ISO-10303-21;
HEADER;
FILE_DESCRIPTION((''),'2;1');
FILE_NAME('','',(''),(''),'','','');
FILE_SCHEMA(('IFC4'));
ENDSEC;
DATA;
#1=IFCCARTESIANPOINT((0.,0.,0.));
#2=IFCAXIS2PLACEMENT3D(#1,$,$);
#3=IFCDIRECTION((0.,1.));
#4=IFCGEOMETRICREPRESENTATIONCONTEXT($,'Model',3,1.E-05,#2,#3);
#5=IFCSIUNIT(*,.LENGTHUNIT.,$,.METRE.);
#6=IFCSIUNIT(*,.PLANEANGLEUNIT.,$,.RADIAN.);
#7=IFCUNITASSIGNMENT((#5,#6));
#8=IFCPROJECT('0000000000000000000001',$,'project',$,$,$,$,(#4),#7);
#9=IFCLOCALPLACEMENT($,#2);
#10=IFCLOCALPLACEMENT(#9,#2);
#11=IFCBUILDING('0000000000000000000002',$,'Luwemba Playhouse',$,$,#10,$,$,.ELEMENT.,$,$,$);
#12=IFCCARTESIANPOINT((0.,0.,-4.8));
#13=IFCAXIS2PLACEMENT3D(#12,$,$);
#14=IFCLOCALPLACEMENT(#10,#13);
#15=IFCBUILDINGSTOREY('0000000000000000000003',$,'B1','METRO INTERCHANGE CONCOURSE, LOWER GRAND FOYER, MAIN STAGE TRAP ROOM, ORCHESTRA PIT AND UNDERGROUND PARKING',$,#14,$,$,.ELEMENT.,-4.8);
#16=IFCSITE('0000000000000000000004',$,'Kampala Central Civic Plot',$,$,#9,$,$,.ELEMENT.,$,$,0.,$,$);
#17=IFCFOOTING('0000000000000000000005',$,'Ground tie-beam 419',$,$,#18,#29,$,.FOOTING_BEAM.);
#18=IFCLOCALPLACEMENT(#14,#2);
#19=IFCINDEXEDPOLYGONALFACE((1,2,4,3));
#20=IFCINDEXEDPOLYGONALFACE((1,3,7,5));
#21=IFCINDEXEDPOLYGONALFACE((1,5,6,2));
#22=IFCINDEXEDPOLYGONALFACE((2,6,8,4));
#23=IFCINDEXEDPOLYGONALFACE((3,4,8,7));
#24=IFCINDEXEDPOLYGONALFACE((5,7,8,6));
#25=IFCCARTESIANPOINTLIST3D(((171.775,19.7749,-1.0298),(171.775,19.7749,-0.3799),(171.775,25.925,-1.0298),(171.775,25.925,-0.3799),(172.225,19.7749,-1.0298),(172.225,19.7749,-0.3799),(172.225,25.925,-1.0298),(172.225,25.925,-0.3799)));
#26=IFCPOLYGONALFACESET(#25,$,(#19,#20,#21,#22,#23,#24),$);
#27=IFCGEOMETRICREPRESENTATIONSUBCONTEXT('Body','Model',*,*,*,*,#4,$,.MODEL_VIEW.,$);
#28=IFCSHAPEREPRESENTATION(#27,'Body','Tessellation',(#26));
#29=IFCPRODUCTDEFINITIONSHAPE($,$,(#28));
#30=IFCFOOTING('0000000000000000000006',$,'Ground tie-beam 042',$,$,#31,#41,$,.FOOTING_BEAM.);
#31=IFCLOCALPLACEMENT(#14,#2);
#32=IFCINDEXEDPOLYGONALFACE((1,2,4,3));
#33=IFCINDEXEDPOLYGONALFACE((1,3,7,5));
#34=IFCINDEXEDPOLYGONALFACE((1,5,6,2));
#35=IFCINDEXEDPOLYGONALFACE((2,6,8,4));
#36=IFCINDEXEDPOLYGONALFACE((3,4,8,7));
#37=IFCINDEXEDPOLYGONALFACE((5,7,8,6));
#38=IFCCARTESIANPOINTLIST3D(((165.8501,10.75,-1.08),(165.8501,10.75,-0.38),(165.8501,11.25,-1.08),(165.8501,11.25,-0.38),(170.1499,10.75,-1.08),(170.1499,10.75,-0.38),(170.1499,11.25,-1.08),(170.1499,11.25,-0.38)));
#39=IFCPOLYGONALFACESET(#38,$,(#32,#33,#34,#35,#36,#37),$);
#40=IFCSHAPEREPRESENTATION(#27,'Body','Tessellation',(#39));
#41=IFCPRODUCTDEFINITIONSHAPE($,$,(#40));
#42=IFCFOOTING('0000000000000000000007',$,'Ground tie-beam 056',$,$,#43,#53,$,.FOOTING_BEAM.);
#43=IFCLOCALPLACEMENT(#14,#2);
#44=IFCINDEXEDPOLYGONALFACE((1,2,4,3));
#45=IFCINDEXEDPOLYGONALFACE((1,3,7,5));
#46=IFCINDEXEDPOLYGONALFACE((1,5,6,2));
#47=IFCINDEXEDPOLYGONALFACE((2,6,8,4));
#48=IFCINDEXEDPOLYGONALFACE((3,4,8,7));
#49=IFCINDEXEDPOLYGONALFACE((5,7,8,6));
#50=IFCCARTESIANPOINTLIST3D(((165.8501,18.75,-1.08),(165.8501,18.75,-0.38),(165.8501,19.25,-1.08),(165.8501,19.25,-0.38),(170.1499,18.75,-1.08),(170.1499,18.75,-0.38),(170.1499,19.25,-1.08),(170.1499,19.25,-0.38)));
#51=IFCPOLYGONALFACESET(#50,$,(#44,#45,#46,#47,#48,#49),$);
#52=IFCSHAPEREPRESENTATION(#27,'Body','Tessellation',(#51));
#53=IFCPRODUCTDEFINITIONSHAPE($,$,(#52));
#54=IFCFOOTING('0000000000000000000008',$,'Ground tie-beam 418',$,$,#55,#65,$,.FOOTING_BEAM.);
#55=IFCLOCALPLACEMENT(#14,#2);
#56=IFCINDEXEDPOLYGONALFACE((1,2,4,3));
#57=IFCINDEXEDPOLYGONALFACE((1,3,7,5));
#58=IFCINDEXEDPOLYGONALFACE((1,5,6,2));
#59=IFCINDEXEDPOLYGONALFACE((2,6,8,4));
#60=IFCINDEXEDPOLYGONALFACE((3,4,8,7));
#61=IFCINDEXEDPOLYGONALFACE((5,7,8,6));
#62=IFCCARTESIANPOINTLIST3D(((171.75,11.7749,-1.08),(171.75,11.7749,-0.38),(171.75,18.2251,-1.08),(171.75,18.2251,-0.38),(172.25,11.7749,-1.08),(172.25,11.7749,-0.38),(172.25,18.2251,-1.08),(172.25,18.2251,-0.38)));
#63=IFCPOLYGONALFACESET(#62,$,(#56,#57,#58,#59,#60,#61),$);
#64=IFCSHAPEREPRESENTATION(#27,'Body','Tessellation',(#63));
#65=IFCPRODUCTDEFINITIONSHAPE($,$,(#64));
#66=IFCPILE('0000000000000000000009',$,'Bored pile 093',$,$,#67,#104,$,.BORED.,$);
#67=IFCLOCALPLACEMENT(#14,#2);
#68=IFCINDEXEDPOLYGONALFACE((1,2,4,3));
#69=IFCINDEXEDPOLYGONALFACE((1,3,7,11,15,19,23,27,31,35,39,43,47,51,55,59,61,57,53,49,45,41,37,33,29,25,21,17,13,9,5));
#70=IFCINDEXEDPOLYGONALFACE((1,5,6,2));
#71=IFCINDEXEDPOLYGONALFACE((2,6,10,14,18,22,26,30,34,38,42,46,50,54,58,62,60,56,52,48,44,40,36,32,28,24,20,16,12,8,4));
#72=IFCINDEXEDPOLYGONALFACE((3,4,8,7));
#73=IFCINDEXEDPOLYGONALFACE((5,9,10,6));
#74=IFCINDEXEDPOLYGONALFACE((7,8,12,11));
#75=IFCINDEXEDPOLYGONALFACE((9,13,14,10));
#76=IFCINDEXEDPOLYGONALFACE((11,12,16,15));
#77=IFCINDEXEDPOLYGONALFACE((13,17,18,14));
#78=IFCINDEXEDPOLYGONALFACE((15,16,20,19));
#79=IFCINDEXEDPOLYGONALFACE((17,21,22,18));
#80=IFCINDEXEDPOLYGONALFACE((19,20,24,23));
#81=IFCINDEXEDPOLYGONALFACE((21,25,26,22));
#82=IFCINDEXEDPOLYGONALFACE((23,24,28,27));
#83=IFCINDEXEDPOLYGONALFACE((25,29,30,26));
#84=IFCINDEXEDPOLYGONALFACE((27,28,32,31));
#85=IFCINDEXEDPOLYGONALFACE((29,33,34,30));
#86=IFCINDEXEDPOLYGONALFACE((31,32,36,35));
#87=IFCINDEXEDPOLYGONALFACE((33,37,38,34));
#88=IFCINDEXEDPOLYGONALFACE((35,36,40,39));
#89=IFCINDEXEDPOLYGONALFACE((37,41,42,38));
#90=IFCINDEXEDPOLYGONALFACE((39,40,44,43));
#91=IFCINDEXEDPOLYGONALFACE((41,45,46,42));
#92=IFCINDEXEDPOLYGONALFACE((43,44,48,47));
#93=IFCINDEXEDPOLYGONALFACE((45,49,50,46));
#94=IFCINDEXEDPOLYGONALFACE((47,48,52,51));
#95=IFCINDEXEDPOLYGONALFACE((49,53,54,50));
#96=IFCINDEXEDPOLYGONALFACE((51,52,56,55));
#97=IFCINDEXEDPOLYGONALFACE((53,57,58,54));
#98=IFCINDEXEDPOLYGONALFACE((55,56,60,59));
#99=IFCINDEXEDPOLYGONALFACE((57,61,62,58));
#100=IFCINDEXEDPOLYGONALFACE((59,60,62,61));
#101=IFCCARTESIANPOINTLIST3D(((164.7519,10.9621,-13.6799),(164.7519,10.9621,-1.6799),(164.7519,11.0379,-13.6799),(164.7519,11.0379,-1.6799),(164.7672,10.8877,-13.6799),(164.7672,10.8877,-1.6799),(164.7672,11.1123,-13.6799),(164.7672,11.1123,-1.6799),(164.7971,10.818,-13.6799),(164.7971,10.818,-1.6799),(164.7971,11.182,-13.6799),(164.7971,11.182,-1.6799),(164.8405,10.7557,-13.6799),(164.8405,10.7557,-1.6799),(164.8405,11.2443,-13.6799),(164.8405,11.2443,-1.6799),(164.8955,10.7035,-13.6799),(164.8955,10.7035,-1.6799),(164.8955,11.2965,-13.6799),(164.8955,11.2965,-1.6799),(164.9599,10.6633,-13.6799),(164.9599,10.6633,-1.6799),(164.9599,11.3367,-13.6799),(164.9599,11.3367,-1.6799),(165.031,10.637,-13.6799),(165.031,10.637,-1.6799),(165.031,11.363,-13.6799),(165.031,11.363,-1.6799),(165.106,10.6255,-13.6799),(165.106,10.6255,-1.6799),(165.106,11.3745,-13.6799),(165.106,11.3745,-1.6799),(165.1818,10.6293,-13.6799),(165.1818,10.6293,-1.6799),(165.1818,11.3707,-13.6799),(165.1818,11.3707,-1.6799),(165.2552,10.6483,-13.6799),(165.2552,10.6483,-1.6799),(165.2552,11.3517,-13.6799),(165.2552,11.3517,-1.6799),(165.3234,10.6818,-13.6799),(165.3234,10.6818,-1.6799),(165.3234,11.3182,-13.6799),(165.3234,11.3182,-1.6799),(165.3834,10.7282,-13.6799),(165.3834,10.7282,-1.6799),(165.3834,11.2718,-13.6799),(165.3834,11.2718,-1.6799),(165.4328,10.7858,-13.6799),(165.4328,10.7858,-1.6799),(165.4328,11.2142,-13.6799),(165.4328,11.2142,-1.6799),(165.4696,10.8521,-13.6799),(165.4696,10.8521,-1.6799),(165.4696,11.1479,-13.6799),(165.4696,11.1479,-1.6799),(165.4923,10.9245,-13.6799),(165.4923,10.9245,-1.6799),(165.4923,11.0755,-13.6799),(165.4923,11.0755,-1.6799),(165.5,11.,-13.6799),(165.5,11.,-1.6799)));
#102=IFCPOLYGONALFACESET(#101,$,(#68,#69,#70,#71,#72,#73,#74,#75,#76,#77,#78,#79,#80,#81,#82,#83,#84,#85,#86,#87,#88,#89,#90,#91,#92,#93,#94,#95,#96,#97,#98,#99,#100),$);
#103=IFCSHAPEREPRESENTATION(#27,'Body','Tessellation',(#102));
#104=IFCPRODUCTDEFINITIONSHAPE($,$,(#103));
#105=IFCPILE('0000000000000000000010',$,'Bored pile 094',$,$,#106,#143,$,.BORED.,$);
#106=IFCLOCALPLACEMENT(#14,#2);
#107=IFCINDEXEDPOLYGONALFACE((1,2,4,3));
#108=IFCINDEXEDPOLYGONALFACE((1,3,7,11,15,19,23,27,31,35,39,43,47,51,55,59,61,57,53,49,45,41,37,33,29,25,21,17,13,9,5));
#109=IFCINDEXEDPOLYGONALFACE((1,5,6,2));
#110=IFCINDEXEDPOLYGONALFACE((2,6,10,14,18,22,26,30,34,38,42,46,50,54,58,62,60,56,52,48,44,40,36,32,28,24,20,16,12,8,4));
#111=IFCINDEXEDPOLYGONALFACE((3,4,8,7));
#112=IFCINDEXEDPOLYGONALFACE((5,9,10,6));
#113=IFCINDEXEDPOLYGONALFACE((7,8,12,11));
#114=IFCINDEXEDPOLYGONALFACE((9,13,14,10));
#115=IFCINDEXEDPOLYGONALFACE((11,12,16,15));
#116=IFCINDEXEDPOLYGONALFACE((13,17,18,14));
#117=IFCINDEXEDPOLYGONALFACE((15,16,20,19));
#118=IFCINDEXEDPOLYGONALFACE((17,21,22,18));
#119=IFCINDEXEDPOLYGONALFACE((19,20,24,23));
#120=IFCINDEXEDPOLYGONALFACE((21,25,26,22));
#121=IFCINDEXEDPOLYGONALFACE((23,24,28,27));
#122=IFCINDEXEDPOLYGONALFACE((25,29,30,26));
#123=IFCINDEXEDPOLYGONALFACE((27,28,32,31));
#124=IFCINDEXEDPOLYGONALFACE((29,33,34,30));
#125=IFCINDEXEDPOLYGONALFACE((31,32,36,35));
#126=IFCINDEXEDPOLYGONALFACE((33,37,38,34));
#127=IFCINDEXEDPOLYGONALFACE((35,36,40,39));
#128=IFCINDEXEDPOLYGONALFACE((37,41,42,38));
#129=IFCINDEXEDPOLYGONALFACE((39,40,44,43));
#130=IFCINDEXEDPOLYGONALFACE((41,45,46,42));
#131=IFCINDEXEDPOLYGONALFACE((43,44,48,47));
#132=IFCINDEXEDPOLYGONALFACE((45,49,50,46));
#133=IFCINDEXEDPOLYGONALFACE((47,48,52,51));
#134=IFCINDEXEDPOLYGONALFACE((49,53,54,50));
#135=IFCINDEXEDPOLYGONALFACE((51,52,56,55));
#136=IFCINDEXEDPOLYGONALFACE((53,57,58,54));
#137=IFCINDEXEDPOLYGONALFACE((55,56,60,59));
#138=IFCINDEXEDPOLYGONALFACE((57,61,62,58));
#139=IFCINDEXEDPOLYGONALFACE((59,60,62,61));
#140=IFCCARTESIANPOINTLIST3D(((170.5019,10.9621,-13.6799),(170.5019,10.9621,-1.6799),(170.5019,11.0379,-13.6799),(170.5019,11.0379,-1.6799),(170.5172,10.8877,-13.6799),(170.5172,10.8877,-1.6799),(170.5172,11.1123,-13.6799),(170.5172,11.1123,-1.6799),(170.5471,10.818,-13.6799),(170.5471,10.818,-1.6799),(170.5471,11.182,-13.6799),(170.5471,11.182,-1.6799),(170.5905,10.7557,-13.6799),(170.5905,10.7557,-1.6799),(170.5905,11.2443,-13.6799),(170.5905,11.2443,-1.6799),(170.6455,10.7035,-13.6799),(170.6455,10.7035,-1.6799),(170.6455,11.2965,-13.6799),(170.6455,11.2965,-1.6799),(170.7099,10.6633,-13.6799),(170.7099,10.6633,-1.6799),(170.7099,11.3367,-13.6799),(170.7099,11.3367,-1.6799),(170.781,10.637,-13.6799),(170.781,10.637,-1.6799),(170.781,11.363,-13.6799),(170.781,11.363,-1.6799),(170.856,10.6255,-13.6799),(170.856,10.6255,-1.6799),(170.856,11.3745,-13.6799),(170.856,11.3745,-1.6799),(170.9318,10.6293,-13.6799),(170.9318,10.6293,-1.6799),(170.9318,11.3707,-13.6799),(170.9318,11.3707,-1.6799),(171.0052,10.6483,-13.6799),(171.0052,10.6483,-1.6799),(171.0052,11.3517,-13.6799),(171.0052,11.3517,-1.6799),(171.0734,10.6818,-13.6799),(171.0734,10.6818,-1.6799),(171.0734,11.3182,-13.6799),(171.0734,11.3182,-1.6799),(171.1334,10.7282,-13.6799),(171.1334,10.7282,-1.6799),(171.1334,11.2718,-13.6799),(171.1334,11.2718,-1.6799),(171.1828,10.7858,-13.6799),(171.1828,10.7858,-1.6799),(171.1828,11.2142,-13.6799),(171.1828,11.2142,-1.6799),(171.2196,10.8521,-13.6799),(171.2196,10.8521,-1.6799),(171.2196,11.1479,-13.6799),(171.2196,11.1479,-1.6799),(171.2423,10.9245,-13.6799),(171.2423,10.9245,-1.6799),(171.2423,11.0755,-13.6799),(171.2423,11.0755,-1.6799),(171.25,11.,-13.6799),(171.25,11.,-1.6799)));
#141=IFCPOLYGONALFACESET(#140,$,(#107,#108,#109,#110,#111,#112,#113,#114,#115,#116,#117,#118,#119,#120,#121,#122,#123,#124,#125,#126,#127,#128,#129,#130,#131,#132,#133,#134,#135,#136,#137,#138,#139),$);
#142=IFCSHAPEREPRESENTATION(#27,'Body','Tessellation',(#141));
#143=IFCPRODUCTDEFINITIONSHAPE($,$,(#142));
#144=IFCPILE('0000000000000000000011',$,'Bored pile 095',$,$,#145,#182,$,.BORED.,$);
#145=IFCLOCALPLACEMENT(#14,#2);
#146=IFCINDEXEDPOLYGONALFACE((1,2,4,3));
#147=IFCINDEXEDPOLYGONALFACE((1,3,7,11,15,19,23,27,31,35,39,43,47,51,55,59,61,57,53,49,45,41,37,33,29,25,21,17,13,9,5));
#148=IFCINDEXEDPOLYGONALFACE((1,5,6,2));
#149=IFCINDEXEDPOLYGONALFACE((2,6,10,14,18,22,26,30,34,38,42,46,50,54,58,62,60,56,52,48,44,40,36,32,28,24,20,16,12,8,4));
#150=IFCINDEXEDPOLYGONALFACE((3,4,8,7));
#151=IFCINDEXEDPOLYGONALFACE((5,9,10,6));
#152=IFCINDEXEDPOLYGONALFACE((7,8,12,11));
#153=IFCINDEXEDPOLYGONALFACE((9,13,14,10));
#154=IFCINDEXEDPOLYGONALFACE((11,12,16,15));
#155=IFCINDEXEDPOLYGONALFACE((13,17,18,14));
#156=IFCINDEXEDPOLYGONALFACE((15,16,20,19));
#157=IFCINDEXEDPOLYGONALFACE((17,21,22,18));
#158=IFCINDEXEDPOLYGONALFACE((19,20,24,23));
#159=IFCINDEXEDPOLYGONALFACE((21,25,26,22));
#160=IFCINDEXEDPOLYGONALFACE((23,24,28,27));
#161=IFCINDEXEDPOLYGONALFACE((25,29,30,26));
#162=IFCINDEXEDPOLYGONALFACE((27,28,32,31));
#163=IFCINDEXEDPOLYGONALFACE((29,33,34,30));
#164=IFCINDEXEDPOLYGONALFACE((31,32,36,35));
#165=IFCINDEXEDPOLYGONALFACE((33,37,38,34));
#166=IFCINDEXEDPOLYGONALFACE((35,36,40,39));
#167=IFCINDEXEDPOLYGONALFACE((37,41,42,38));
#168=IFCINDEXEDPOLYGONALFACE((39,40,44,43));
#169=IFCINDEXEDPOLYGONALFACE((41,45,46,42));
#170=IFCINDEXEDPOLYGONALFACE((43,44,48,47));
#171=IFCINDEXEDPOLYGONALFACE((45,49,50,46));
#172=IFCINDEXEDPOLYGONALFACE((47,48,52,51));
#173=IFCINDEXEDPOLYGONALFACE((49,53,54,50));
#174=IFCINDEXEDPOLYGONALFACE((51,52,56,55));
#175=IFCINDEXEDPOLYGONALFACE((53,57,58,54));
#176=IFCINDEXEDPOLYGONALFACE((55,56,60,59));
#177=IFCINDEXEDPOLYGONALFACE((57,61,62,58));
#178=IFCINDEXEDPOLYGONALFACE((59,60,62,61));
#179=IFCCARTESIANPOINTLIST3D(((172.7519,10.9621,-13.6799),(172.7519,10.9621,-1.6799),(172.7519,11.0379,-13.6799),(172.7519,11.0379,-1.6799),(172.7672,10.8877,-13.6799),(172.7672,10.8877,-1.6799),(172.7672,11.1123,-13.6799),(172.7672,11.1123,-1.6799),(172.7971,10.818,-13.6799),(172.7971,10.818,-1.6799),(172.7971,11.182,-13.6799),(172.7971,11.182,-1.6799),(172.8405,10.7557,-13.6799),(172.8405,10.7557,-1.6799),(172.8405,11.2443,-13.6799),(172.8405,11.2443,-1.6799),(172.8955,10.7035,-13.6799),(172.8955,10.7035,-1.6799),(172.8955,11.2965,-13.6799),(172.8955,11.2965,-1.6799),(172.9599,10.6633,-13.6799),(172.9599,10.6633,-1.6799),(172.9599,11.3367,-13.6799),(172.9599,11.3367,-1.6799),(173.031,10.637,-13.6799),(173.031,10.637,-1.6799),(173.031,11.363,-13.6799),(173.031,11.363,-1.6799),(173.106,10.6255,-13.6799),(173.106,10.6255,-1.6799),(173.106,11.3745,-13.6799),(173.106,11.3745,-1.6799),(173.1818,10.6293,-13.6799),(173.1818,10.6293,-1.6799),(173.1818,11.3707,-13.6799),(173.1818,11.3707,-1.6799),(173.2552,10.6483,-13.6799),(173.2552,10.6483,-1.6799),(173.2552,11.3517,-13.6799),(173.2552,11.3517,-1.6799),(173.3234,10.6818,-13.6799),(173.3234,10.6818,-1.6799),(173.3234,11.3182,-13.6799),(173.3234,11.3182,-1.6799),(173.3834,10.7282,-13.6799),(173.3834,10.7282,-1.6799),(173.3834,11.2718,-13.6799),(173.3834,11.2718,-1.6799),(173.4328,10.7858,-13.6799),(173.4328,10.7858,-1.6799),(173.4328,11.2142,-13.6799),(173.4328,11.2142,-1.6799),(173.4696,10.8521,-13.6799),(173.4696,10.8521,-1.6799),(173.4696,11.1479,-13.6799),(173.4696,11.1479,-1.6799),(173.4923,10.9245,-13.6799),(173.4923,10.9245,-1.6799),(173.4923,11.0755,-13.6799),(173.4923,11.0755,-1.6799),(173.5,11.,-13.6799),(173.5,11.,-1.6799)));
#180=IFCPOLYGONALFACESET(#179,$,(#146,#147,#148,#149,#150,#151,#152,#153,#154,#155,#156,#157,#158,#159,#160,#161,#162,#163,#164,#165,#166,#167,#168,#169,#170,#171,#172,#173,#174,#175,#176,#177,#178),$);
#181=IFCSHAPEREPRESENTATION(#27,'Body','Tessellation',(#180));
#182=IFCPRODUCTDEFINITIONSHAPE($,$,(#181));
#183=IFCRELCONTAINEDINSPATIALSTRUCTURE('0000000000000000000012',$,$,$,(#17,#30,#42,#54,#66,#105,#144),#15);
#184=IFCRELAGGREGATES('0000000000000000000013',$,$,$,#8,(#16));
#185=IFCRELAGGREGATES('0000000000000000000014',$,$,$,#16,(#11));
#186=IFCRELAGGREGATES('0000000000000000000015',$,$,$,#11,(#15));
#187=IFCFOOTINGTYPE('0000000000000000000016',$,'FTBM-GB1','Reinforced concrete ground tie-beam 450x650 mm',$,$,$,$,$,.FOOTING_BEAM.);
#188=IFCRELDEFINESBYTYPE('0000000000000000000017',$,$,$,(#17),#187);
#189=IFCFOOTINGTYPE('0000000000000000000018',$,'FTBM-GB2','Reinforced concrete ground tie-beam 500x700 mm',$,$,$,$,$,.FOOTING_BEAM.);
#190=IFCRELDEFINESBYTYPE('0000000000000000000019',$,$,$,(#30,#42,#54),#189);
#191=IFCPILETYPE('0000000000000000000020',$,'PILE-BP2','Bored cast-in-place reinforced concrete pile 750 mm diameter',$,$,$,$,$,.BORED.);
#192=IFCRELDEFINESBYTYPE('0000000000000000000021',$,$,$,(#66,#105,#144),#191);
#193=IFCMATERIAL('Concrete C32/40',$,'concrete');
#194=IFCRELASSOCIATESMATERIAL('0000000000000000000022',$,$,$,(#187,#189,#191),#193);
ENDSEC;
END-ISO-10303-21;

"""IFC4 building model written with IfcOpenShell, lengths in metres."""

from ifc_helpers import new_model, si_unit, direction, frame, origin, origin_2d, place, context, subcontext, project, spatial, rectangle, circle, extrude, material, material_profile, profile_set, type_object, element, save


model = new_model("IFC4")

# Units and contexts
model_context = context("Model", 3, precision=1e-05, world=origin(), true_north=direction((0.0, 1.0)))
body_context = subcontext(model_context, "Body", "Model", "MODEL_VIEW")
ifc_project = project(units=[si_unit("LENGTHUNIT", "METRE"), si_unit("PLANEANGLEUNIT", "RADIAN")], contexts=[model_context])

# Site, building, storey
site_placement = place(None, origin())
site = spatial("IfcSite", under=ifc_project, at=site_placement, Name="Kampala Central Civic Plot", CompositionType="ELEMENT", RefElevation=0.0)
building_placement = place(site_placement, origin())
building = spatial("IfcBuilding", under=site, at=building_placement, Name="Luwemba Playhouse", CompositionType="ELEMENT")
storey_placement = place(building_placement, frame((0.0, 0.0, -4.8)))
storey = spatial("IfcBuildingStorey", under=building, at=storey_placement, Name="B1", Description="METRO INTERCHANGE CONCOURSE, LOWER GRAND FOYER, MAIN STAGE TRAP ROOM, ORCHESTRA PIT AND UNDERGROUND PARKING", CompositionType="ELEMENT", Elevation=-4.8)

# Footings
ifc_material_1 = material(Name="Concrete C32/40", Category="concrete")
ifc_material_profile_1 = material_profile(ifc_material_1, rectangle(XDim=0.45, YDim=0.6499, at=origin_2d()))
ifc_profile_set_1 = profile_set([ifc_material_profile_1], Name="Concrete C32/40")
footing_type_1 = type_object("IfcFootingType", Name="FTBM-GB1", Description="Reinforced concrete ground tie-beam 450x650 mm", PredefinedType="FOOTING_BEAM", material=ifc_profile_set_1)
footing_1_placement = place(storey_placement, frame((172.0, 19.7749, -0.7048), z_axis=(0.0, 1.0, 0.0), x_axis=(-1.0, 0.0, 0.0)))
element("IfcFooting", 1, at=footing_1_placement, inside=storey, type_object=footing_type_1, Name="Ground tie-beam 419", PredefinedType="FOOTING_BEAM", context=body_context, shape_type="SweptSolid", body=[
    extrude(rectangle(XDim=0.45, YDim=0.6499, at=origin_2d()), origin(), (0.0, 0.0, 1.0), 6.1501),
])
ifc_material_profile_2 = material_profile(ifc_material_1, rectangle(XDim=0.5, YDim=0.7, at=origin_2d()))
ifc_profile_set_2 = profile_set([ifc_material_profile_2], Name="Concrete C32/40")
footing_type_2 = type_object("IfcFootingType", Name="FTBM-GB2", Description="Reinforced concrete ground tie-beam 500x700 mm", PredefinedType="FOOTING_BEAM", material=ifc_profile_set_2)
for number, where, z_axis, x_axis, name in (
    (2, (165.8501, 11.0, -0.73), (1.0, 0.0, 0.0), (0.0, 1.0, 0.0), "Ground tie-beam 042"),
    (3, (165.8501, 19.0, -0.73), (1.0, 0.0, 0.0), (0.0, 1.0, 0.0), "Ground tie-beam 056"),
):
    element("IfcFooting", number, at=place(storey_placement, frame(where, z_axis=z_axis, x_axis=x_axis)), inside=storey, type_object=footing_type_2, Name=name, PredefinedType="FOOTING_BEAM", context=body_context, shape_type="SweptSolid", body=[
        extrude(rectangle(XDim=0.5, YDim=0.7, at=origin_2d()), origin(), (0.0, 0.0, 1.0), 4.2998),
    ])
footing_2_placement = place(storey_placement, frame((172.0, 11.7749, -0.73), z_axis=(0.0, 1.0, 0.0), x_axis=(-1.0, 0.0, 0.0)))
element("IfcFooting", 4, at=footing_2_placement, inside=storey, type_object=footing_type_2, Name="Ground tie-beam 418", PredefinedType="FOOTING_BEAM", context=body_context, shape_type="SweptSolid", body=[
    extrude(rectangle(XDim=0.5, YDim=0.7, at=origin_2d()), origin(), (0.0, 0.0, 1.0), 6.4502),
])

# Piles
ifc_material_profile_3 = material_profile(ifc_material_1, circle(Radius=0.375, at=origin_2d()))
ifc_profile_set_3 = profile_set([ifc_material_profile_3], Name="Concrete C32/40")
pile_type = type_object("IfcPileType", Name="PILE-BP2", Description="Bored cast-in-place reinforced concrete pile 750 mm diameter", PredefinedType="BORED", material=ifc_profile_set_3)
for number, where, z_axis, x_axis, name in (
    (5, (165.125, 11.0, -1.6799), (0.0, 0.0, -1.0), (1.0, 0.0, 0.0), "Bored pile 093"),
    (6, (170.875, 11.0, -1.6799), (0.0, 0.0, -1.0), (1.0, 0.0, 0.0), "Bored pile 094"),
    (7, (173.125, 11.0, -1.6799), (0.0, 0.0, -1.0), (1.0, 0.0, 0.0), "Bored pile 095"),
):
    element("IfcPile", number, at=place(storey_placement, frame(where, z_axis=z_axis, x_axis=x_axis)), inside=storey, type_object=pile_type, Name=name, PredefinedType="BORED", context=body_context, shape_type="SweptSolid", body=[
        extrude(circle(Radius=0.375, at=origin_2d()), origin(), (0.0, 0.0, 1.0), 12.0),
    ])

save(model, "model.ifc")
